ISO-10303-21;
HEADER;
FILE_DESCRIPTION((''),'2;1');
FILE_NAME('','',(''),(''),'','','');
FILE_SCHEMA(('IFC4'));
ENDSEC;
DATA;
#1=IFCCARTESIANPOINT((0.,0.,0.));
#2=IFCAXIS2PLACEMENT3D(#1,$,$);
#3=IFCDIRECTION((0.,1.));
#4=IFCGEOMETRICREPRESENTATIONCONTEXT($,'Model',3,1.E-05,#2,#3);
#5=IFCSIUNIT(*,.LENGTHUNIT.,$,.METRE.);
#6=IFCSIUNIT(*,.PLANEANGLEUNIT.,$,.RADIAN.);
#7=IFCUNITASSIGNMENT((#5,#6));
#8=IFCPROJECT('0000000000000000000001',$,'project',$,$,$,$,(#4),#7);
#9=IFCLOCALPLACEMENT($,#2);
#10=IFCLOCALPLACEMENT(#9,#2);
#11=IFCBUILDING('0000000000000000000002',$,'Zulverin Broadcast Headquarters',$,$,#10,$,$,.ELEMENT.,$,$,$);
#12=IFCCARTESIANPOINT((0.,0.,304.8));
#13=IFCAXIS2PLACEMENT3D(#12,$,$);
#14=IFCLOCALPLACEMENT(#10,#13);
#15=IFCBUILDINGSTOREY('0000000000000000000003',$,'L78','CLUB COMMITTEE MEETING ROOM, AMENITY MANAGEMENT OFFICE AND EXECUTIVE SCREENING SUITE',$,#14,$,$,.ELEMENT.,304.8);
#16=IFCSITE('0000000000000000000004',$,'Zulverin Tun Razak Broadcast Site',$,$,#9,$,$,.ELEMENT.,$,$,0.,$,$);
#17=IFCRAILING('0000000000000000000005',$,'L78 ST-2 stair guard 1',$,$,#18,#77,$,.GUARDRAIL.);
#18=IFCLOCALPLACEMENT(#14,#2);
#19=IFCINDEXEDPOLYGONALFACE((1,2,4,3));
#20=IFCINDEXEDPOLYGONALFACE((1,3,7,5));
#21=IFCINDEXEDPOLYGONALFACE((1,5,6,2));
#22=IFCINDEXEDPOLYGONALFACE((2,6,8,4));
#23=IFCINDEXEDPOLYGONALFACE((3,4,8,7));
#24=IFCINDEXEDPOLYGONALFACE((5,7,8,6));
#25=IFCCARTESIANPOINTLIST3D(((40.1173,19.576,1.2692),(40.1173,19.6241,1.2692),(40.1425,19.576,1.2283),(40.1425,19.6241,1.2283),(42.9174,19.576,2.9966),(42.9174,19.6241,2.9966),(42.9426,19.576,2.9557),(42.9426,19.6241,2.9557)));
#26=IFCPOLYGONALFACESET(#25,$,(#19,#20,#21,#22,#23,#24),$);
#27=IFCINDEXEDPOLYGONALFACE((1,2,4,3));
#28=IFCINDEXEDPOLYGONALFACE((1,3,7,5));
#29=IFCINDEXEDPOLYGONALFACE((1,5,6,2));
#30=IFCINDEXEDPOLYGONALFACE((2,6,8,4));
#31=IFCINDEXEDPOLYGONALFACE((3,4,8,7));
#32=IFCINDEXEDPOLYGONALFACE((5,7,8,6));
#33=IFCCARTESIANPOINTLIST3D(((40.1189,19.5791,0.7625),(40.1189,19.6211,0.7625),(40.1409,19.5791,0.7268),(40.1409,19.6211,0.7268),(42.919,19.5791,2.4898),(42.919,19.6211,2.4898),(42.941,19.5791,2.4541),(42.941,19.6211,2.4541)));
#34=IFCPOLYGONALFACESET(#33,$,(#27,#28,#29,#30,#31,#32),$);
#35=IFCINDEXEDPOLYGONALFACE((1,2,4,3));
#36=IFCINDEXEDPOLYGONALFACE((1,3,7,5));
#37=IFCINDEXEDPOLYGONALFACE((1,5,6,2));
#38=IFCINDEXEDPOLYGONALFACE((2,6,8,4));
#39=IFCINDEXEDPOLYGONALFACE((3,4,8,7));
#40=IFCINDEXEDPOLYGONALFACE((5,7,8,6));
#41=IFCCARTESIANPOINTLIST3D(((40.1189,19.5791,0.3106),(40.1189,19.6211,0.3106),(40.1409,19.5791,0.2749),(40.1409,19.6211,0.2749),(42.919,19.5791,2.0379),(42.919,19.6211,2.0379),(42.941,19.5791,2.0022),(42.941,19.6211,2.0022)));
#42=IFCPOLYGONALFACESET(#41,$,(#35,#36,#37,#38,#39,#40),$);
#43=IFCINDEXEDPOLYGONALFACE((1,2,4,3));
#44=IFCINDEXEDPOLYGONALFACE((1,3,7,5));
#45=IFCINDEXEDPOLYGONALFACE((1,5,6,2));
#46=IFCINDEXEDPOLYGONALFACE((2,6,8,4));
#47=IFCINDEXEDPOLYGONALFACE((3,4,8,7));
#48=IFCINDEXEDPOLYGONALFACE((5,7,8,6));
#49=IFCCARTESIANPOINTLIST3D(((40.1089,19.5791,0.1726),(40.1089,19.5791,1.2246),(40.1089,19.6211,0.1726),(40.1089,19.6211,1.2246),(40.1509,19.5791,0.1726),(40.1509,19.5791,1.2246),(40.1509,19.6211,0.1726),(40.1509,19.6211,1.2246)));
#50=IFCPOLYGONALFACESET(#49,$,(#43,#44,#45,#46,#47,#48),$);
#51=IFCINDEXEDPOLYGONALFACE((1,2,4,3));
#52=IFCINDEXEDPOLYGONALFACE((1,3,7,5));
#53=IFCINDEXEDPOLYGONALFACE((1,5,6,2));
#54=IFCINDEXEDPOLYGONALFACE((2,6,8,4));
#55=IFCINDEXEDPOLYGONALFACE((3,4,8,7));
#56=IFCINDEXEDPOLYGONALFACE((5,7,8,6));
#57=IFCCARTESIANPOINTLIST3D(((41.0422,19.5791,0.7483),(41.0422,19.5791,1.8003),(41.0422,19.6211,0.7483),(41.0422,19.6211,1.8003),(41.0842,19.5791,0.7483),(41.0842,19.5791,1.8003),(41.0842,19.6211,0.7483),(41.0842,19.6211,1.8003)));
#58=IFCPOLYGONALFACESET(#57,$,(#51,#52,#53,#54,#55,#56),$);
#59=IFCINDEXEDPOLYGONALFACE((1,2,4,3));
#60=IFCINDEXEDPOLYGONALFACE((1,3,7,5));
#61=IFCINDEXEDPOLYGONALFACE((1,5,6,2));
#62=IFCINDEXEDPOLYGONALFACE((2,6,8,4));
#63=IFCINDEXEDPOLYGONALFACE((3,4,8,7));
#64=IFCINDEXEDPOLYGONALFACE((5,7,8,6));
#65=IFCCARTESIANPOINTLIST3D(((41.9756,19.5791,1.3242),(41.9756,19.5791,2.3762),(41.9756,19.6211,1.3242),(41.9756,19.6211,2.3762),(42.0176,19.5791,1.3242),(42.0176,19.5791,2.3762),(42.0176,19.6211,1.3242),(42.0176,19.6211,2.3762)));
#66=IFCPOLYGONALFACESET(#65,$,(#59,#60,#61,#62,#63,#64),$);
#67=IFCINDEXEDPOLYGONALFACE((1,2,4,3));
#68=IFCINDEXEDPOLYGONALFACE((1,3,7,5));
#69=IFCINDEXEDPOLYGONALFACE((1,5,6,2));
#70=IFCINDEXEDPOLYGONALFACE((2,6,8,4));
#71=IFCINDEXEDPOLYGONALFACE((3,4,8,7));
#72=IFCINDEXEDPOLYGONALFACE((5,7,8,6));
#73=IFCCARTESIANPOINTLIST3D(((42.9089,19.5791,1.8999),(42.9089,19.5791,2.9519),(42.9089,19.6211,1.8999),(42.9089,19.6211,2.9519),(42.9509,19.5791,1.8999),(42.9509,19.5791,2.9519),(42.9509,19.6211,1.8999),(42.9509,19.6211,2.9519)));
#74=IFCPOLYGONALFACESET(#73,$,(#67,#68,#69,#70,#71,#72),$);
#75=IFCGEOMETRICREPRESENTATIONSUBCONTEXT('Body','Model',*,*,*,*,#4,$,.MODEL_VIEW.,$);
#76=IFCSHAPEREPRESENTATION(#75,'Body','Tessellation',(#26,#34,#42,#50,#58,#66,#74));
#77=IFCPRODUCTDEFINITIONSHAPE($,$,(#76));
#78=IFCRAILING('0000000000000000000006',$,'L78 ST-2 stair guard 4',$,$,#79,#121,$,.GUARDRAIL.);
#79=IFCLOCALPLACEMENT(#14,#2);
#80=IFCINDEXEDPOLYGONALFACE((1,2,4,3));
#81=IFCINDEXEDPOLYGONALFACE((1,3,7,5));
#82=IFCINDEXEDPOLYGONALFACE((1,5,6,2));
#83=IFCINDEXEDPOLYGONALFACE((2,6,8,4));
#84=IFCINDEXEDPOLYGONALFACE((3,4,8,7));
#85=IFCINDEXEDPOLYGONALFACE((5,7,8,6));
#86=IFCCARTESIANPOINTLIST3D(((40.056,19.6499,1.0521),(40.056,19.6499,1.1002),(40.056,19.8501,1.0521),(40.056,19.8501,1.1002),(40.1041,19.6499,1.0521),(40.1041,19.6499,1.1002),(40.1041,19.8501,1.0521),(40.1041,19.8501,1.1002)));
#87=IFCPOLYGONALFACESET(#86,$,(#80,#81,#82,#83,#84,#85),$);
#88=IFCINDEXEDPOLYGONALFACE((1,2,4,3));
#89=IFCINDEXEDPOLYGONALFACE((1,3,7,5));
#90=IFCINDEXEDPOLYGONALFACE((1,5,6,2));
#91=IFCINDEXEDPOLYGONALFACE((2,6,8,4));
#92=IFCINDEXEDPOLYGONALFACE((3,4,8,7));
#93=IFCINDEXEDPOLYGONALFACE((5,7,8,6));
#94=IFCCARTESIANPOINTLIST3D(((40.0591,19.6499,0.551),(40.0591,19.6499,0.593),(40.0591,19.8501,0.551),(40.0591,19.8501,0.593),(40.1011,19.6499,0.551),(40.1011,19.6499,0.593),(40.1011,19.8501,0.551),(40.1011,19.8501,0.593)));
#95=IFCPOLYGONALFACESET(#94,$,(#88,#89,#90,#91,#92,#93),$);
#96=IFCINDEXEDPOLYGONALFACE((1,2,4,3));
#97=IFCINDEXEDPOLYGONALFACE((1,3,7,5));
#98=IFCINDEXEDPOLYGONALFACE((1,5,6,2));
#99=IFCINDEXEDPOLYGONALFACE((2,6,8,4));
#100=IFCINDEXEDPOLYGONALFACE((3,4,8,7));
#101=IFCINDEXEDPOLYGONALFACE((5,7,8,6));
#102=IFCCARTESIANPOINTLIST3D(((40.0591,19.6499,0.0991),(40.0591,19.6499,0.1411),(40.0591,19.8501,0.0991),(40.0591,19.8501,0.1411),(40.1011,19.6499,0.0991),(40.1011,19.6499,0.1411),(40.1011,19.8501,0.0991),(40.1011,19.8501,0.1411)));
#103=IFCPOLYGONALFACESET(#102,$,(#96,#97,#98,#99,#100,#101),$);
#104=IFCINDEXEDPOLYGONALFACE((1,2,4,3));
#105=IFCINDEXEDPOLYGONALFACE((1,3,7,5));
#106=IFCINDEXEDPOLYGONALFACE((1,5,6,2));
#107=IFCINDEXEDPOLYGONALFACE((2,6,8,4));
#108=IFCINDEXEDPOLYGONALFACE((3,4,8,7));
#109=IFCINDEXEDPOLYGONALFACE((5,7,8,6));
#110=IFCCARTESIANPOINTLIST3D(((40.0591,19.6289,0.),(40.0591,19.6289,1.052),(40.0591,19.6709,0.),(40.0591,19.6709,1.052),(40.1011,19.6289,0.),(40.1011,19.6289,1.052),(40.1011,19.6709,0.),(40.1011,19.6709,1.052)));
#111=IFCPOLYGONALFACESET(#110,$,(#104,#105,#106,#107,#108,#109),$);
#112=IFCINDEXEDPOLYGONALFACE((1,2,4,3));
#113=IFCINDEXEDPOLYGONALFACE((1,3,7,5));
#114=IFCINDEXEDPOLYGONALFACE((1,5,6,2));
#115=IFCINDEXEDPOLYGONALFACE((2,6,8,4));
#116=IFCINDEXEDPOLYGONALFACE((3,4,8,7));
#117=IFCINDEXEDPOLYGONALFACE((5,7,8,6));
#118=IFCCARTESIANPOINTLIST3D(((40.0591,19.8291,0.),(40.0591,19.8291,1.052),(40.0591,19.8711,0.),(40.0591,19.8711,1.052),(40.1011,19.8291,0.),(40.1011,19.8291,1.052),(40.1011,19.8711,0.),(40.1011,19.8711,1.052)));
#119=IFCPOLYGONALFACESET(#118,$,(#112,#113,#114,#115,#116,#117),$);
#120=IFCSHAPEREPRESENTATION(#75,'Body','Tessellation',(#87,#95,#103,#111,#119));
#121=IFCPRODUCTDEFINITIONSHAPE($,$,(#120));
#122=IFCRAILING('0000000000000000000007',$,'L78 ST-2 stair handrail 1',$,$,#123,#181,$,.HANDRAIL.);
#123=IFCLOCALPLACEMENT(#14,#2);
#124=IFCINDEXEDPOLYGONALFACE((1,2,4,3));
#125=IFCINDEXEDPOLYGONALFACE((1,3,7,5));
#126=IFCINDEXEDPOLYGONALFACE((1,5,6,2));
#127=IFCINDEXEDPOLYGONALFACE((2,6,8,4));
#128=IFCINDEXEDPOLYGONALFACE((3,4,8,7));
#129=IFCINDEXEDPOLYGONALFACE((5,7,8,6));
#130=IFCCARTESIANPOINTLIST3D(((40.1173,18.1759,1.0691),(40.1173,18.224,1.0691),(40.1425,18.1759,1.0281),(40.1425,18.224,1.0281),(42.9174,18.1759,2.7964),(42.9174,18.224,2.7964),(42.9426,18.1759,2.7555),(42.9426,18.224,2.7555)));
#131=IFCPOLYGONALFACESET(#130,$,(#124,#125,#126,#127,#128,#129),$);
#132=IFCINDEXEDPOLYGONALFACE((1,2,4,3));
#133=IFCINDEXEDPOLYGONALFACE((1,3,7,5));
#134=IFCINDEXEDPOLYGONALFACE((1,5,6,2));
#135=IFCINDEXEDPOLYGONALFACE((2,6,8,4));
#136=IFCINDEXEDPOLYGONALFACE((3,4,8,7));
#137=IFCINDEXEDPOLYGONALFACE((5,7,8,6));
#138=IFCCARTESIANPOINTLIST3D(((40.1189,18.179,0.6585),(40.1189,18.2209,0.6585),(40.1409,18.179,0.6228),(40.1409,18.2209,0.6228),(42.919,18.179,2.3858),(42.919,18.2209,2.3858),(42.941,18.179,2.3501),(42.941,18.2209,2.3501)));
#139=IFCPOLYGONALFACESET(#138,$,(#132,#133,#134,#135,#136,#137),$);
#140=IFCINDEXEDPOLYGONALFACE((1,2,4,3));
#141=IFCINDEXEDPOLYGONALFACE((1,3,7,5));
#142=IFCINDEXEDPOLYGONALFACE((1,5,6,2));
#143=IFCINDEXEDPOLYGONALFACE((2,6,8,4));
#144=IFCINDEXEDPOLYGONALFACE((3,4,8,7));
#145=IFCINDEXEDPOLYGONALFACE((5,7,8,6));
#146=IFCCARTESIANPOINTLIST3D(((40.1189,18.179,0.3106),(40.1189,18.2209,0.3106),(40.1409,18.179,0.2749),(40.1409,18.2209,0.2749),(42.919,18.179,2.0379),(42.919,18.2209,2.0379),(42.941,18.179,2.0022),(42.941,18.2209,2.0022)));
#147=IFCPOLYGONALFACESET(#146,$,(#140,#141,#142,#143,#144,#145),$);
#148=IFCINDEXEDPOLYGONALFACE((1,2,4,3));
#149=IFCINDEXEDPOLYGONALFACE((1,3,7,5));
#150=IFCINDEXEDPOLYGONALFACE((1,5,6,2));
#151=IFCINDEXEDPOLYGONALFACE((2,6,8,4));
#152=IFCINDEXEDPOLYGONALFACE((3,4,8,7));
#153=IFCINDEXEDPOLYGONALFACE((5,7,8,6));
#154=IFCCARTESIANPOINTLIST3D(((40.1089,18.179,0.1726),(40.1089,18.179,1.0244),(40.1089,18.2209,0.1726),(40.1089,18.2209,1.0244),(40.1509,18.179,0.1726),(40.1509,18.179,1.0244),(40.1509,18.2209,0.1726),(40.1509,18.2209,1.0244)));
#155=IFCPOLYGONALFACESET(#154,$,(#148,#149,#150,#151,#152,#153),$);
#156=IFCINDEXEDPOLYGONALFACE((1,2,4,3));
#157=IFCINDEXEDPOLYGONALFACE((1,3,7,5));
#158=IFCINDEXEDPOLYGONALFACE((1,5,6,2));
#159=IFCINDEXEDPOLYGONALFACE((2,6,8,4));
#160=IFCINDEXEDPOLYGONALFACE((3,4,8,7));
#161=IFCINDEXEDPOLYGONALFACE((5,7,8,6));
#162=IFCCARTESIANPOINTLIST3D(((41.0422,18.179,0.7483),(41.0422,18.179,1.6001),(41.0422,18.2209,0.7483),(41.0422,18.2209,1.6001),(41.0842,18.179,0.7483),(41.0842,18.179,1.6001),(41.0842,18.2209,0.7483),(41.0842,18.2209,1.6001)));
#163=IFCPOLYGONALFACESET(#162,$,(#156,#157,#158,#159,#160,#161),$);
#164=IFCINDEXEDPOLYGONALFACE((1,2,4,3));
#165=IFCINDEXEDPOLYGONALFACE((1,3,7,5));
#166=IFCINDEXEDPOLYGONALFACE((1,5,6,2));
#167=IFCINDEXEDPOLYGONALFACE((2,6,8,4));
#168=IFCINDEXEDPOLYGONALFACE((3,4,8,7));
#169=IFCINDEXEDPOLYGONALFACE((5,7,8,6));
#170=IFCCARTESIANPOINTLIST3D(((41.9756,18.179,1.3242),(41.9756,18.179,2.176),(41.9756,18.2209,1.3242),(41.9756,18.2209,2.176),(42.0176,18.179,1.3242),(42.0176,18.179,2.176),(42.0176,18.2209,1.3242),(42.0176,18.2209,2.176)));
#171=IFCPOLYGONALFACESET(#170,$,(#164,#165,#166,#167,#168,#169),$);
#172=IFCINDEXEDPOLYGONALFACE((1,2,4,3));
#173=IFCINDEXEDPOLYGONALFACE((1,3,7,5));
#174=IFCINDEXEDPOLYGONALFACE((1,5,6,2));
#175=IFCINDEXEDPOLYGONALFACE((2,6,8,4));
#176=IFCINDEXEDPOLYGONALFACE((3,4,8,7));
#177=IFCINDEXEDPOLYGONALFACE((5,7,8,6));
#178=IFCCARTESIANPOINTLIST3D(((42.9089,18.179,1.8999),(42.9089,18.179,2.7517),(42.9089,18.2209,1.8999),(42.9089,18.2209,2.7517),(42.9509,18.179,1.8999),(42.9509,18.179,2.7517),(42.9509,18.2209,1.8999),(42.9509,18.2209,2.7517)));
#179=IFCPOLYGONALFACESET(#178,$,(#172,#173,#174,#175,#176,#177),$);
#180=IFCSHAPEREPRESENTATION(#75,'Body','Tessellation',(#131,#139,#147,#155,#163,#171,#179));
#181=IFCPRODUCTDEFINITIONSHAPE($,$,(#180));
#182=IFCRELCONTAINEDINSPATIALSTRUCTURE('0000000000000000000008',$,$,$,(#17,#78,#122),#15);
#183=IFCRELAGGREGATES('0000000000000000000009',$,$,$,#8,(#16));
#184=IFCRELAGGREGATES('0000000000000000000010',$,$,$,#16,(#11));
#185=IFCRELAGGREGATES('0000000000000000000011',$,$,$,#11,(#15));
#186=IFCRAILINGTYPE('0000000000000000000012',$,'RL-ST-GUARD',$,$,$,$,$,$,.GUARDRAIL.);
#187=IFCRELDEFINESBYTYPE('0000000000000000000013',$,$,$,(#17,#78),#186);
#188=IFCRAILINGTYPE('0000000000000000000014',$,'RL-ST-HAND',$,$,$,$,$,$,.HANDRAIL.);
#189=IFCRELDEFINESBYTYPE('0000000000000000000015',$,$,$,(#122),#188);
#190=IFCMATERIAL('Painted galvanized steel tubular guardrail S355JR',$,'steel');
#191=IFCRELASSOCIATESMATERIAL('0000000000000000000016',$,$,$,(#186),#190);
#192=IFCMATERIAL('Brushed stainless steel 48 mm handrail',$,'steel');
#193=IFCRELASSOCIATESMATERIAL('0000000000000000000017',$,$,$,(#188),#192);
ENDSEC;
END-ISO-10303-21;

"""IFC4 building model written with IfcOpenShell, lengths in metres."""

from ifc_helpers import new_model, si_unit, direction, frame, origin, origin_2d, place, context, subcontext, project, spatial, rectangle, extrude, material, type_object, element, save


model = new_model("IFC4")

# Units and contexts
model_context = context("Model", 3, precision=1e-05, world=origin(), true_north=direction((0.0, 1.0)))
body_context = subcontext(model_context, "Body", "Model", "MODEL_VIEW")
ifc_project = project(units=[si_unit("LENGTHUNIT", "METRE"), si_unit("PLANEANGLEUNIT", "RADIAN")], contexts=[model_context])

# Site, building, storey
site_placement = place(None, origin())
site = spatial("IfcSite", under=ifc_project, at=site_placement, Name="Zulverin Tun Razak Broadcast Site", CompositionType="ELEMENT", RefElevation=0.0)
building_placement = place(site_placement, origin())
building = spatial("IfcBuilding", under=site, at=building_placement, Name="Zulverin Broadcast Headquarters", CompositionType="ELEMENT")
storey_placement = place(building_placement, frame((0.0, 0.0, 304.8)))
storey = spatial("IfcBuildingStorey", under=building, at=storey_placement, Name="L78", Description="CLUB COMMITTEE MEETING ROOM, AMENITY MANAGEMENT OFFICE AND EXECUTIVE SCREENING SUITE", CompositionType="ELEMENT", Elevation=304.8)

# Railings
ifc_material_1 = material(Name="Painted galvanized steel tubular guardrail S355JR", Category="steel")
railing_type_1 = type_object("IfcRailingType", Name="RL-ST-GUARD", PredefinedType="GUARDRAIL", material=ifc_material_1)
railing_1_placement = place(storey_placement, frame((40.1299, 19.6001, 0.1726)))
element("IfcRailing", 1, at=railing_1_placement, inside=storey, type_object=railing_type_1, Name="L78 ST-2 stair guard 1", PredefinedType="GUARDRAIL", context=body_context, shape_type="SweptSolid", body=[
    extrude(rectangle(XDim=0.0481, YDim=0.0481, at=origin_2d()), frame((0.0, 0.0, 1.0762), z_axis=(0.85109, 0.0, 0.52502), x_axis=(0.0, 1.0, 0.0)), (0.0, 0.0, 1.0), 3.29),
    extrude(rectangle(XDim=0.042, YDim=0.042, at=origin_2d()), frame((0.0, 0.0, 0.572), z_axis=(0.85109, 0.0, 0.52502), x_axis=(0.0, 1.0, 0.0)), (0.0, 0.0, 1.0), 3.29),
    extrude(rectangle(XDim=0.042, YDim=0.042, at=origin_2d()), frame((0.0, 0.0, 0.1201), z_axis=(0.85109, 0.0, 0.52502), x_axis=(0.0, 1.0, 0.0)), (0.0, 0.0, 1.0), 3.29),
    extrude(rectangle(XDim=0.042, YDim=0.042, at=origin_2d()), origin(), (0.0, 0.0, 1.0), 1.052),
    extrude(rectangle(XDim=0.042, YDim=0.042, at=origin_2d()), frame((0.9333, 0.0, 0.5757)), (0.0, 0.0, 1.0), 1.052),
    extrude(rectangle(XDim=0.042, YDim=0.042, at=origin_2d()), frame((1.8667, 0.0, 1.1516)), (0.0, 0.0, 1.0), 1.052),
    extrude(rectangle(XDim=0.042, YDim=0.042, at=origin_2d()), frame((2.8, 0.0, 1.7273)), (0.0, 0.0, 1.0), 1.052),
])
railing_2_placement = place(storey_placement, frame((40.0801, 19.6499, 0.0)))
element("IfcRailing", 2, at=railing_2_placement, inside=storey, type_object=railing_type_1, Name="L78 ST-2 stair guard 4", PredefinedType="GUARDRAIL", context=body_context, shape_type="SweptSolid", body=[
    extrude(rectangle(XDim=0.0481, YDim=0.0481, at=origin_2d()), frame((0.0, 0.0, 1.0762), z_axis=(0.0, 1.0, 0.0), x_axis=(-1.0, 0.0, 0.0)), (0.0, 0.0, 1.0), 0.2002),
    extrude(rectangle(XDim=0.042, YDim=0.042, at=origin_2d()), frame((0.0, 0.0, 0.572), z_axis=(0.0, 1.0, 0.0), x_axis=(-1.0, 0.0, 0.0)), (0.0, 0.0, 1.0), 0.2002),
    extrude(rectangle(XDim=0.042, YDim=0.042, at=origin_2d()), frame((0.0, 0.0, 0.1201), z_axis=(0.0, 1.0, 0.0), x_axis=(-1.0, 0.0, 0.0)), (0.0, 0.0, 1.0), 0.2002),
    extrude(rectangle(XDim=0.042, YDim=0.042, at=origin_2d()), origin(), (0.0, 0.0, 1.0), 1.052),
    extrude(rectangle(XDim=0.042, YDim=0.042, at=origin_2d()), frame((0.0, 0.2002, 0.0)), (0.0, 0.0, 1.0), 1.052),
])
ifc_material_2 = material(Name="Brushed stainless steel 48 mm handrail", Category="steel")
railing_type_2 = type_object("IfcRailingType", Name="RL-ST-HAND", PredefinedType="HANDRAIL", material=ifc_material_2)
railing_3_placement = place(storey_placement, frame((40.1299, 18.2, 0.1726)))
element("IfcRailing", 3, at=railing_3_placement, inside=storey, type_object=railing_type_2, Name="L78 ST-2 stair handrail 1", PredefinedType="HANDRAIL", context=body_context, shape_type="SweptSolid", body=[
    extrude(rectangle(XDim=0.0481, YDim=0.0481, at=origin_2d()), frame((0.0, 0.0, 0.876), z_axis=(0.85109, 0.0, 0.52502), x_axis=(0.0, 1.0, 0.0)), (0.0, 0.0, 1.0), 3.29),
    extrude(rectangle(XDim=0.042, YDim=0.042, at=origin_2d()), frame((0.0, 0.0, 0.468), z_axis=(0.85109, 0.0, 0.52502), x_axis=(0.0, 1.0, 0.0)), (0.0, 0.0, 1.0), 3.29),
    extrude(rectangle(XDim=0.042, YDim=0.042, at=origin_2d()), frame((0.0, 0.0, 0.1201), z_axis=(0.85109, 0.0, 0.52502), x_axis=(0.0, 1.0, 0.0)), (0.0, 0.0, 1.0), 3.29),
    extrude(rectangle(XDim=0.042, YDim=0.042, at=origin_2d()), origin(), (0.0, 0.0, 1.0), 0.8518),
    extrude(rectangle(XDim=0.042, YDim=0.042, at=origin_2d()), frame((0.9333, 0.0, 0.5757)), (0.0, 0.0, 1.0), 0.8518),
    extrude(rectangle(XDim=0.042, YDim=0.042, at=origin_2d()), frame((1.8667, 0.0, 1.1516)), (0.0, 0.0, 1.0), 0.8518),
    extrude(rectangle(XDim=0.042, YDim=0.042, at=origin_2d()), frame((2.8, 0.0, 1.7273)), (0.0, 0.0, 1.0), 0.8518),
])

save(model, "model.ifc")
